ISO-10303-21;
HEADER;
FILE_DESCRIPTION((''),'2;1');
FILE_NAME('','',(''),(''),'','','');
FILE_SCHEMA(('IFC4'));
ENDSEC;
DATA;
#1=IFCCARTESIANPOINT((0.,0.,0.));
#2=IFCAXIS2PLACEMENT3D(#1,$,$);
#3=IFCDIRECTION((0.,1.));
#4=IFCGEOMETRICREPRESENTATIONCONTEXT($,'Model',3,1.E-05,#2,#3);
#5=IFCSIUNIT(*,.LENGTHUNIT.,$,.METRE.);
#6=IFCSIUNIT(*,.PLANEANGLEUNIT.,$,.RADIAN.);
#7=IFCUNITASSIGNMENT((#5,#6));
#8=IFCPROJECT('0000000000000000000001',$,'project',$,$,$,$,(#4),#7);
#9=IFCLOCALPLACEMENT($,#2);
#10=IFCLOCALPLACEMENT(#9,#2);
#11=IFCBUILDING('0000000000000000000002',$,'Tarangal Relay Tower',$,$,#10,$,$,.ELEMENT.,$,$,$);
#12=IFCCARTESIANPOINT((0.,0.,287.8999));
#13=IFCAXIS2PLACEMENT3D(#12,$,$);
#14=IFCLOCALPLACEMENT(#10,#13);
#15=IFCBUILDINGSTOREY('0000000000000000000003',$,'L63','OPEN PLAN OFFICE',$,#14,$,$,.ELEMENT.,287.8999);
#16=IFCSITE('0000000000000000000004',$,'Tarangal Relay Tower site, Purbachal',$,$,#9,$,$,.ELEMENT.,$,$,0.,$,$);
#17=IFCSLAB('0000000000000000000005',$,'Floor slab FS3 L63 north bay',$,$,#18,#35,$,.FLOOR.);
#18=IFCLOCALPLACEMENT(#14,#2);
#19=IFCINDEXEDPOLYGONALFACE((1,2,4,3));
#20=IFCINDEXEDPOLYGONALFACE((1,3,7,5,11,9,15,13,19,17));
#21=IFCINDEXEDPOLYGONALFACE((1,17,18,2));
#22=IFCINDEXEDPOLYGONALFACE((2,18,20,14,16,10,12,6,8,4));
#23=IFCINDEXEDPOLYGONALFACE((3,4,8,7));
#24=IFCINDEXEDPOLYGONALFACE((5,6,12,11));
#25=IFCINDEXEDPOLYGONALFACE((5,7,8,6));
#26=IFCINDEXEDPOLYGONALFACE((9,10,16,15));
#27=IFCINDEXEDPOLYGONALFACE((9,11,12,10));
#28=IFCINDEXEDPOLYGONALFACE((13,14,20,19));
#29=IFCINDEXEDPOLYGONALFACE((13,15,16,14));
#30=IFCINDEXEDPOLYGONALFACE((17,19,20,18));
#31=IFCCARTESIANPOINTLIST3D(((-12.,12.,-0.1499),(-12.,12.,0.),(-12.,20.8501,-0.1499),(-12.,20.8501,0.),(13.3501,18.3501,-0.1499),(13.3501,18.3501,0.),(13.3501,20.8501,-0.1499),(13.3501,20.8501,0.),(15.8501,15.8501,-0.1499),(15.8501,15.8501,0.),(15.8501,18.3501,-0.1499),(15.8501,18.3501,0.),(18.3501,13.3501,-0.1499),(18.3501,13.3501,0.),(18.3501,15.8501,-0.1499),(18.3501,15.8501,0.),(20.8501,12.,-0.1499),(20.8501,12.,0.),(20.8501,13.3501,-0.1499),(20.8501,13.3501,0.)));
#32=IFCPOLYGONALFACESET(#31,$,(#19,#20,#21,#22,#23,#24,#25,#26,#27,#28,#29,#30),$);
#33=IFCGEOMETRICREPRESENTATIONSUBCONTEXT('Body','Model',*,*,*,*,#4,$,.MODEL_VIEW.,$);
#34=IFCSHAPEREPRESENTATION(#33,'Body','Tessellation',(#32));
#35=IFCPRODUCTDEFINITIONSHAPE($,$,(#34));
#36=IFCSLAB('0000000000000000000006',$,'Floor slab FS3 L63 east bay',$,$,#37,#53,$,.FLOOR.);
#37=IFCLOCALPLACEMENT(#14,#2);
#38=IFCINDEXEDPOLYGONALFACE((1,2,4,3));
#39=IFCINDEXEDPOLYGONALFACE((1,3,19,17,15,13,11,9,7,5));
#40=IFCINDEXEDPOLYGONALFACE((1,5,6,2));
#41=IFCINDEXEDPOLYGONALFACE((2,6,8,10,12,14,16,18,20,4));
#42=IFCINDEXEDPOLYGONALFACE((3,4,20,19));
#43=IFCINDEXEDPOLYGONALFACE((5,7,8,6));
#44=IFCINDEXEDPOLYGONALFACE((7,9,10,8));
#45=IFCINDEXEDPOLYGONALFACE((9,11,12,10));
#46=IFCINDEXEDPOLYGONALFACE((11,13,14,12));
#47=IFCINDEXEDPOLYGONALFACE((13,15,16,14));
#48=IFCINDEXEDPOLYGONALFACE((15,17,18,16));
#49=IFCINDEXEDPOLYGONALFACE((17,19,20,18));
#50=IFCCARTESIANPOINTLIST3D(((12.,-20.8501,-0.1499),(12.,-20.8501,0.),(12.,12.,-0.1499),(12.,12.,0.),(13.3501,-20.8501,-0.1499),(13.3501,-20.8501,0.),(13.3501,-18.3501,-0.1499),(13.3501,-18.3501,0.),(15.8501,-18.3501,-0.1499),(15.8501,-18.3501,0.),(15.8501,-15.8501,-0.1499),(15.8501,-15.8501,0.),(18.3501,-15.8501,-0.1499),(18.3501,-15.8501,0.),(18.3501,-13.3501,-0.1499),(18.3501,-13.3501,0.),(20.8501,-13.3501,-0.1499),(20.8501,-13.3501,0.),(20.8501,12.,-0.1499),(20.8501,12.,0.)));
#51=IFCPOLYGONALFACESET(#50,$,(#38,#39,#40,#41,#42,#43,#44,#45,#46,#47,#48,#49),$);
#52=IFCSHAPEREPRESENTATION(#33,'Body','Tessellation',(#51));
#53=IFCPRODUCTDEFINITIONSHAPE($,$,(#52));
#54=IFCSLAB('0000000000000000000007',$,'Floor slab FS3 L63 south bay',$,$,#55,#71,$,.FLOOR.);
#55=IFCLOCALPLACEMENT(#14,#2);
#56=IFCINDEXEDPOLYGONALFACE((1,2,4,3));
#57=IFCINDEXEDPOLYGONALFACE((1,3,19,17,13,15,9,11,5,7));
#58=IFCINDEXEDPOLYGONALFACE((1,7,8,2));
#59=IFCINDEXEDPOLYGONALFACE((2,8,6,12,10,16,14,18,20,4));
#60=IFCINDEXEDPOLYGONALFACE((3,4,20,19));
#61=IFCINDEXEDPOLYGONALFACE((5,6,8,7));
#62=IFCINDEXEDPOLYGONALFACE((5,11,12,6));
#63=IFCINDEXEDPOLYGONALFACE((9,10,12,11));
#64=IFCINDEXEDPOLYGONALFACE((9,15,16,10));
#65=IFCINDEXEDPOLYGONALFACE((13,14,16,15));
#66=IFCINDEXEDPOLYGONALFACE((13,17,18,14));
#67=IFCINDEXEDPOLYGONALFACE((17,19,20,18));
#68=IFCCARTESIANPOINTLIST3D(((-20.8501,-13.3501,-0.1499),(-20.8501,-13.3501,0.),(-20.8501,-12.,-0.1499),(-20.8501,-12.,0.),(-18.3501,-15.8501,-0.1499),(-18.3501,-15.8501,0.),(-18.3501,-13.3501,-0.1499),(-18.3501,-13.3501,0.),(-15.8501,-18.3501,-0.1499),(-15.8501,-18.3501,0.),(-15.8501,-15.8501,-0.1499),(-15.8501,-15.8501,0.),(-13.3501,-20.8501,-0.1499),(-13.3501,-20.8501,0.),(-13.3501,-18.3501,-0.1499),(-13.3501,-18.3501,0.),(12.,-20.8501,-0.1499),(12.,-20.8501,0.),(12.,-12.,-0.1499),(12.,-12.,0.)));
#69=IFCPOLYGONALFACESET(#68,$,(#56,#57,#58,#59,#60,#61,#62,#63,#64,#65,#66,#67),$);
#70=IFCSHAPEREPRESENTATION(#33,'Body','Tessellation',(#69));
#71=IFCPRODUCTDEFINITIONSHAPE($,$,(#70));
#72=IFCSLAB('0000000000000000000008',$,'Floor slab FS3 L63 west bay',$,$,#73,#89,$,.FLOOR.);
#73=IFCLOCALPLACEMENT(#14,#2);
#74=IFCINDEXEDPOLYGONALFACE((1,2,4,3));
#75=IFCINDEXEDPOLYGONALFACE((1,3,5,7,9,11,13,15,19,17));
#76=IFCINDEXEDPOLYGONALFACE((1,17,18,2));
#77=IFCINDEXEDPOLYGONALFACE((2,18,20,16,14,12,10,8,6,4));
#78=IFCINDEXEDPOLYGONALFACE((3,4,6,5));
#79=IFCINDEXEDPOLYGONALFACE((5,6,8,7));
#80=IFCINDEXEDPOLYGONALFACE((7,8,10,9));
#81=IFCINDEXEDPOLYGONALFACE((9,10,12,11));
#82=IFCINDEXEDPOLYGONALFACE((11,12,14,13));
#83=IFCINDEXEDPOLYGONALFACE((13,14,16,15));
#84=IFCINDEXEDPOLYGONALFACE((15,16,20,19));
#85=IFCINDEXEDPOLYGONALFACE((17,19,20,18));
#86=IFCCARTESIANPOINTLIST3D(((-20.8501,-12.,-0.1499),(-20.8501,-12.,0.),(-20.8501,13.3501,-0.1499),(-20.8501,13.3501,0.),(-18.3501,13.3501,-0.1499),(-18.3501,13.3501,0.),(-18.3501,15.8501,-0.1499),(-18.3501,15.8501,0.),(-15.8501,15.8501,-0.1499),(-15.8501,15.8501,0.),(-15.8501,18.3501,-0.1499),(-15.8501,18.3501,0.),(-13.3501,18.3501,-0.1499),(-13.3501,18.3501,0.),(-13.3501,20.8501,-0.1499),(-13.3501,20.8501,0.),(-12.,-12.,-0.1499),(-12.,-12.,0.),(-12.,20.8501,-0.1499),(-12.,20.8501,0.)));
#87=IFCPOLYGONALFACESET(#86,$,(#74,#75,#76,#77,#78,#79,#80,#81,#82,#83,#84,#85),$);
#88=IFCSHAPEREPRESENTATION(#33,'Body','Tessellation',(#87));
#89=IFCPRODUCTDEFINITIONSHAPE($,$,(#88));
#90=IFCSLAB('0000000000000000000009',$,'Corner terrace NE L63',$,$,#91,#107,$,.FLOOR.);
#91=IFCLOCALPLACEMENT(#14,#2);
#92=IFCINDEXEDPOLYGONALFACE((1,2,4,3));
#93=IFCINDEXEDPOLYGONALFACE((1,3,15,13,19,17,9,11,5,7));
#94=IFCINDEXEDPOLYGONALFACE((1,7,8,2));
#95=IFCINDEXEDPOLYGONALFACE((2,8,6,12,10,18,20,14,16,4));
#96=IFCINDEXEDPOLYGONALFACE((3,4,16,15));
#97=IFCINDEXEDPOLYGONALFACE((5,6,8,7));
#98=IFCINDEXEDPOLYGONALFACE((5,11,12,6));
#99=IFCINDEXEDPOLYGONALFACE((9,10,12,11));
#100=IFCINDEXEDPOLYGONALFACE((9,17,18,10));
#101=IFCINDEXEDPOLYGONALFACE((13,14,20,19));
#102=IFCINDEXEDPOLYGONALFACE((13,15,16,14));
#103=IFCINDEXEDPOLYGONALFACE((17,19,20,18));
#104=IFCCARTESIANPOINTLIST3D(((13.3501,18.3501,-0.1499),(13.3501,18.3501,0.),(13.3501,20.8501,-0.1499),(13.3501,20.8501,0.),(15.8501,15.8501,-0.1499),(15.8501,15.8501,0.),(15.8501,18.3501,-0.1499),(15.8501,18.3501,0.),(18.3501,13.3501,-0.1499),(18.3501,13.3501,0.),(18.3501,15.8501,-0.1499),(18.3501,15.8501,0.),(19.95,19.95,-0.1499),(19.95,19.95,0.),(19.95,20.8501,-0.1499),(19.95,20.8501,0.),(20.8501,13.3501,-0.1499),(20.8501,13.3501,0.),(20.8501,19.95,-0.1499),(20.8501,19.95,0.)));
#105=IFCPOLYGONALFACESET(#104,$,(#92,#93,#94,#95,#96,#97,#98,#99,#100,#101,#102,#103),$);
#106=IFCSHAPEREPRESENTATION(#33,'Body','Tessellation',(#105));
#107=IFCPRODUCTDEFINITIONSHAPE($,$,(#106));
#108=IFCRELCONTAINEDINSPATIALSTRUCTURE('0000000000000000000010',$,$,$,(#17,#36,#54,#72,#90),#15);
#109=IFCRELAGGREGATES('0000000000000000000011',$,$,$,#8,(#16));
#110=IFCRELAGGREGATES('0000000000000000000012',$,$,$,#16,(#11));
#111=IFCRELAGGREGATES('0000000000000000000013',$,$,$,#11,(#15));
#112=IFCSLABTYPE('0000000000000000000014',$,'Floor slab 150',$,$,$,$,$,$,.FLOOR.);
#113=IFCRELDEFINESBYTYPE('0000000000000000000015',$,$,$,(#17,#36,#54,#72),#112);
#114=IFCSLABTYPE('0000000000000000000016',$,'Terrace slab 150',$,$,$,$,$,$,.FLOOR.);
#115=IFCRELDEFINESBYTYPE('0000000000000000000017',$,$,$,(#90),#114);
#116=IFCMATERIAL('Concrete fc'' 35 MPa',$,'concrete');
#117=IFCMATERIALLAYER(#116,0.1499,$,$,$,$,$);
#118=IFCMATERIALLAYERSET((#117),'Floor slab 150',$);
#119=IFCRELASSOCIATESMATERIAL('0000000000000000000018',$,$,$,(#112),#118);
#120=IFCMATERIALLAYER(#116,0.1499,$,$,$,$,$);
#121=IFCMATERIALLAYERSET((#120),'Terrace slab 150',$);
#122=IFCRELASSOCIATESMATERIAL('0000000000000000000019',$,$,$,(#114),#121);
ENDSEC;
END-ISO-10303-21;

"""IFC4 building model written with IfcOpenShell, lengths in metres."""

from ifc_helpers import new_model, si_unit, direction, frame, origin, place, context, subcontext, project, spatial, polyline, outline, extrude, material, layer, layer_set, type_object, element, save


model = new_model("IFC4")

# Units and contexts
model_context = context("Model", 3, precision=1e-05, world=origin(), true_north=direction((0.0, 1.0)))
body_context = subcontext(model_context, "Body", "Model", "MODEL_VIEW")
ifc_project = project(units=[si_unit("LENGTHUNIT", "METRE"), si_unit("PLANEANGLEUNIT", "RADIAN")], contexts=[model_context])

# Site, building, storey
site_placement = place(None, origin())
site = spatial("IfcSite", under=ifc_project, at=site_placement, Name="Tarangal Relay Tower site, Purbachal", CompositionType="ELEMENT", RefElevation=0.0)
building_placement = place(site_placement, origin())
building = spatial("IfcBuilding", under=site, at=building_placement, Name="Tarangal Relay Tower", CompositionType="ELEMENT")
storey_placement = place(building_placement, frame((0.0, 0.0, 287.8999)))
storey = spatial("IfcBuildingStorey", under=building, at=storey_placement, Name="L63", Description="OPEN PLAN OFFICE", CompositionType="ELEMENT", Elevation=287.8999)

# Slabs
ifc_material_1 = material(Name="Concrete fc' 35 MPa", Category="concrete")
ifc_layer_1 = layer(ifc_material_1, 0.1499)
ifc_layer_set_1 = layer_set([ifc_layer_1], Name="Floor slab 150")
slab_type_1 = type_object("IfcSlabType", Name="Floor slab 150", PredefinedType="FLOOR", material=ifc_layer_set_1)
slab_1_placement = place(storey_placement, frame((0.0, 0.0, -0.1499)))
element("IfcSlab", 1, at=slab_1_placement, inside=storey, type_object=slab_type_1, Name="Floor slab FS3 L63 north bay", PredefinedType="FLOOR", context=body_context, shape_type="SweptSolid", body=[
    extrude(outline(polyline([(13.3501, 20.8501), (13.3501, 18.3501), (15.8501, 18.3501), (15.8501, 15.8501), (18.3501, 15.8501), (18.3501, 13.3501), (20.8501, 13.3501), (20.8501, 12.0), (-12.0, 12.0), (-12.0, 20.8501), (13.3501, 20.8501)])), origin(), (0.0, 0.0, 1.0), 0.1499),
])
slab_2_placement = place(storey_placement, frame((0.0, 0.0, -0.1499)))
element("IfcSlab", 2, at=slab_2_placement, inside=storey, type_object=slab_type_1, Name="Floor slab FS3 L63 east bay", PredefinedType="FLOOR", context=body_context, shape_type="SweptSolid", body=[
    extrude(outline(polyline([(20.8501, -13.3501), (18.3501, -13.3501), (18.3501, -15.8501), (15.8501, -15.8501), (15.8501, -18.3501), (13.3501, -18.3501), (13.3501, -20.8501), (12.0, -20.8501), (12.0, 12.0), (20.8501, 12.0), (20.8501, -13.3501)])), origin(), (0.0, 0.0, 1.0), 0.1499),
])
slab_3_placement = place(storey_placement, frame((0.0, 0.0, -0.1499)))
element("IfcSlab", 3, at=slab_3_placement, inside=storey, type_object=slab_type_1, Name="Floor slab FS3 L63 south bay", PredefinedType="FLOOR", context=body_context, shape_type="SweptSolid", body=[
    extrude(outline(polyline([(-13.3501, -20.8501), (-13.3501, -18.3501), (-15.8501, -18.3501), (-15.8501, -15.8501), (-18.3501, -15.8501), (-18.3501, -13.3501), (-20.8501, -13.3501), (-20.8501, -12.0), (12.0, -12.0), (12.0, -20.8501), (-13.3501, -20.8501)])), origin(), (0.0, 0.0, 1.0), 0.1499),
])
slab_4_placement = place(storey_placement, frame((0.0, 0.0, -0.1499)))
element("IfcSlab", 4, at=slab_4_placement, inside=storey, type_object=slab_type_1, Name="Floor slab FS3 L63 west bay", PredefinedType="FLOOR", context=body_context, shape_type="SweptSolid", body=[
    extrude(outline(polyline([(-12.0, 20.8501), (-12.0, -12.0), (-20.8501, -12.0), (-20.8501, 13.3501), (-18.3501, 13.3501), (-18.3501, 15.8501), (-15.8501, 15.8501), (-15.8501, 18.3501), (-13.3501, 18.3501), (-13.3501, 20.8501), (-12.0, 20.8501)])), origin(), (0.0, 0.0, 1.0), 0.1499),
])
ifc_layer_2 = layer(ifc_material_1, 0.1499)
ifc_layer_set_2 = layer_set([ifc_layer_2], Name="Terrace slab 150")
slab_type_2 = type_object("IfcSlabType", Name="Terrace slab 150", PredefinedType="FLOOR", material=ifc_layer_set_2)
slab_5_placement = place(storey_placement, frame((0.0, 0.0, -0.1499)))
element("IfcSlab", 5, at=slab_5_placement, inside=storey, type_object=slab_type_2, Name="Corner terrace NE L63", PredefinedType="FLOOR", context=body_context, shape_type="SweptSolid", body=[
    extrude(outline(polyline([(13.3501, 20.8501), (13.3501, 18.3501), (15.8501, 18.3501), (15.8501, 15.8501), (18.3501, 15.8501), (18.3501, 13.3501), (20.8501, 13.3501), (20.8501, 19.95), (19.95, 19.95), (19.95, 20.8501), (13.3501, 20.8501)])), origin(), (0.0, 0.0, 1.0), 0.1499),
])

save(model, "model.ifc")
